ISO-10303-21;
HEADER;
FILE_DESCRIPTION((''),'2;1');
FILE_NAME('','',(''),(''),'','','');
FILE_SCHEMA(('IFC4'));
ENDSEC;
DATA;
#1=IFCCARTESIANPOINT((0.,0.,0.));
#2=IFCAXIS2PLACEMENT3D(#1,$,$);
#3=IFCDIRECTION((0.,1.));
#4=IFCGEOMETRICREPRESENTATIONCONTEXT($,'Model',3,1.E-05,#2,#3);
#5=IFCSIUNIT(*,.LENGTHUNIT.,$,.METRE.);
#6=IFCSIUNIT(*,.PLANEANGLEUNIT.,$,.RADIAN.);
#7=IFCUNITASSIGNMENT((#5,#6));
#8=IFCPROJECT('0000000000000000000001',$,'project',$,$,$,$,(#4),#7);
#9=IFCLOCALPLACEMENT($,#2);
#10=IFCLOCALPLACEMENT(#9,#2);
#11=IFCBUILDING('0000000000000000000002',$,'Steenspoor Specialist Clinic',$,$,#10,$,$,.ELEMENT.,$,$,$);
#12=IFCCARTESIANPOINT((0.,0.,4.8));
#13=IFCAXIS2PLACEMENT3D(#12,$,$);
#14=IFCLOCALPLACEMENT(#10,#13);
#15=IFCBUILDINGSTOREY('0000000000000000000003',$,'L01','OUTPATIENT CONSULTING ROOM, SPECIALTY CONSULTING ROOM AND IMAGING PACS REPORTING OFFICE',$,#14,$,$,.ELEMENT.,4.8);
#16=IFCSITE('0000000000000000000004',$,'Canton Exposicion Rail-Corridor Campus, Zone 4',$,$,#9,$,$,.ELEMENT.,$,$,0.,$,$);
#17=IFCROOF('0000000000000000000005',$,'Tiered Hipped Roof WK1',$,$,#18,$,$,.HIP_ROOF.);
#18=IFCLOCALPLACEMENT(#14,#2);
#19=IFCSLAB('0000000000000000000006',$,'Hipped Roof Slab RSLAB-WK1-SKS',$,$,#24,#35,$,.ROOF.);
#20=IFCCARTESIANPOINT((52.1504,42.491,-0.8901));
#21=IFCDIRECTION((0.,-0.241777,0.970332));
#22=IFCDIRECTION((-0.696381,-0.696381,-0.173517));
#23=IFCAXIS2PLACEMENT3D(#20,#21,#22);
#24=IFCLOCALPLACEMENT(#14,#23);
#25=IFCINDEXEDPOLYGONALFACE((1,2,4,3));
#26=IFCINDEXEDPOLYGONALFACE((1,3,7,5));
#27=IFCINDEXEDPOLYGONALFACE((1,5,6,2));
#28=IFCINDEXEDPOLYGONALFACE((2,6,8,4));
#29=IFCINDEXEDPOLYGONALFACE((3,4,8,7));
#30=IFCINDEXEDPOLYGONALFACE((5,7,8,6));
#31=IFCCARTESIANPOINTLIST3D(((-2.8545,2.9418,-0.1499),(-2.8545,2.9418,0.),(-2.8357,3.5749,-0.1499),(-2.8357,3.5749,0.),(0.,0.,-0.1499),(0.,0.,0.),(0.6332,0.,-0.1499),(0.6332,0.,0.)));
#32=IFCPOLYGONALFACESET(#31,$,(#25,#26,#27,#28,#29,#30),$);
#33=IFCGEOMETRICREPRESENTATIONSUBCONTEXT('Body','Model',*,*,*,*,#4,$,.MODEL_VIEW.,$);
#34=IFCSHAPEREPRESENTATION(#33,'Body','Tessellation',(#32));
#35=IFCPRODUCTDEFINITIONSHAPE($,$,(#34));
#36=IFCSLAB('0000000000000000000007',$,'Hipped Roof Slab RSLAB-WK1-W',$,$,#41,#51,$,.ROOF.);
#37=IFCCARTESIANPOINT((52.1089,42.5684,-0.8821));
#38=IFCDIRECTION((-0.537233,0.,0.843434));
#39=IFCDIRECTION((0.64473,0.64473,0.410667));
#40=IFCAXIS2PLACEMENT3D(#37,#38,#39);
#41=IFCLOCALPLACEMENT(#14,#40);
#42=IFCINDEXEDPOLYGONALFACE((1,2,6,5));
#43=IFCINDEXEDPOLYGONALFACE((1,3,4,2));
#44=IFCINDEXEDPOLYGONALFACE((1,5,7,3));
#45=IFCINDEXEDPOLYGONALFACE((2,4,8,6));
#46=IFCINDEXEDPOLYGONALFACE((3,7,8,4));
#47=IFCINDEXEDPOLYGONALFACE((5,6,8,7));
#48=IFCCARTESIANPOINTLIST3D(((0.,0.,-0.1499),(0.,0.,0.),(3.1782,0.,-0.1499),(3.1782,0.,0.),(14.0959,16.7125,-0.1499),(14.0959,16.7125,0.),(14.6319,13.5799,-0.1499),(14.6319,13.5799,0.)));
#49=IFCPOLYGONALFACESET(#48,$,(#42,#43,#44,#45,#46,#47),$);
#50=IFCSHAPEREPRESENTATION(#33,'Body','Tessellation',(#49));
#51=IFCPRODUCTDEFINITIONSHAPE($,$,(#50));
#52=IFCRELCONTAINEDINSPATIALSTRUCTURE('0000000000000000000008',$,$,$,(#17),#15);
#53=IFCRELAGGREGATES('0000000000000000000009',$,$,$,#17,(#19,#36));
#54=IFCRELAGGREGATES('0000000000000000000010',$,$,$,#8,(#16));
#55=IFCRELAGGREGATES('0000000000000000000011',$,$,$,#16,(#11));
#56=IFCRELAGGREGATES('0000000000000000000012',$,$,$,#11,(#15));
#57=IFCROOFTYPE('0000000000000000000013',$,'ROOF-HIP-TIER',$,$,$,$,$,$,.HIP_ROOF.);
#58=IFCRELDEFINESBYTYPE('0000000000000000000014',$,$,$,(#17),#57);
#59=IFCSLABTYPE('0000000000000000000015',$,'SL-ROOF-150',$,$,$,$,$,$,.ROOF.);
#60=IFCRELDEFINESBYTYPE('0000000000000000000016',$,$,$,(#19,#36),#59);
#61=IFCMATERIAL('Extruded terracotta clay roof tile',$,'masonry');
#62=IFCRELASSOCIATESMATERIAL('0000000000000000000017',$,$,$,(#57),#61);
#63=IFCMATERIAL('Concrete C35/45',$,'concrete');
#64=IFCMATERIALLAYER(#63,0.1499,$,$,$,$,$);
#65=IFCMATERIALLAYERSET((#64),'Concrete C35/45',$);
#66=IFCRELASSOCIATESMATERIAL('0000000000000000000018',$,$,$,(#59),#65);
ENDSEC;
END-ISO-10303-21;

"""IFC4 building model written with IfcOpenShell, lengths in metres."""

from ifc_helpers import new_model, si_unit, direction, frame, origin, place, context, subcontext, project, spatial, polyline, outline, extrude, material, layer, layer_set, type_object, element, aggregate, save


model = new_model("IFC4")

# Units and contexts
model_context = context("Model", 3, precision=1e-05, world=origin(), true_north=direction((0.0, 1.0)))
body_context = subcontext(model_context, "Body", "Model", "MODEL_VIEW")
ifc_project = project(units=[si_unit("LENGTHUNIT", "METRE"), si_unit("PLANEANGLEUNIT", "RADIAN")], contexts=[model_context])

# Site, building, storey
site_placement = place(None, origin())
site = spatial("IfcSite", under=ifc_project, at=site_placement, Name="Canton Exposicion Rail-Corridor Campus, Zone 4", CompositionType="ELEMENT", RefElevation=0.0)
building_placement = place(site_placement, origin())
building = spatial("IfcBuilding", under=site, at=building_placement, Name="Steenspoor Specialist Clinic", CompositionType="ELEMENT")
storey_placement = place(building_placement, frame((0.0, 0.0, 4.8)))
storey = spatial("IfcBuildingStorey", under=building, at=storey_placement, Name="L01", Description="OUTPATIENT CONSULTING ROOM, SPECIALTY CONSULTING ROOM AND IMAGING PACS REPORTING OFFICE", CompositionType="ELEMENT", Elevation=4.8)

# Shared definitions
ifc_material_1 = material(Name="Concrete C35/45", Category="concrete")

# Roof, slabs
ifc_material_2 = material(Name="Extruded terracotta clay roof tile", Category="masonry")
roof_type = type_object("IfcRoofType", Name="ROOF-HIP-TIER", PredefinedType="HIP_ROOF", material=ifc_material_2)
roof_placement = place(storey_placement, origin())
roof = element("IfcRoof", 1, at=roof_placement, inside=storey, type_object=roof_type, Name="Tiered Hipped Roof WK1", PredefinedType="HIP_ROOF")
ifc_layer_1 = layer(ifc_material_1, 0.1499)
ifc_layer_set_1 = layer_set([ifc_layer_1], Name="Concrete C35/45")
slab_type = type_object("IfcSlabType", Name="SL-ROOF-150", PredefinedType="ROOF", material=ifc_layer_set_1)
slab_1_placement = place(storey_placement, frame((52.1504, 42.491, -0.8901), z_axis=(0.0, -0.241777, 0.970332), x_axis=(-0.696381, -0.696381, -0.173517)))
slab_1 = element("IfcSlab", 2, at=slab_1_placement, type_object=slab_type, Name="Hipped Roof Slab RSLAB-WK1-SKS", PredefinedType="ROOF", context=body_context, shape_type="SweptSolid", body=[
    extrude(outline(polyline([(0.0, 0.0), (0.6332, 0.0), (-2.8357, 3.5749), (-2.8545, 2.9418), (0.0, 0.0)])), origin(), (0.0, 0.0, -1.0), 0.1499),
])
slab_2_placement = place(storey_placement, frame((52.1089, 42.5684, -0.8821), z_axis=(-0.537233, 0.0, 0.843434), x_axis=(0.64473, 0.64473, 0.410667)))
slab_2 = element("IfcSlab", 3, at=slab_2_placement, type_object=slab_type, Name="Hipped Roof Slab RSLAB-WK1-W", PredefinedType="ROOF", context=body_context, shape_type="SweptSolid", body=[
    extrude(outline(polyline([(0.0, 0.0), (3.1782, 0.0), (14.6319, 13.5799), (14.0959, 16.7125), (0.0, 0.0)])), origin(), (0.0, 0.0, -1.0), 0.1499),
])
aggregate(roof, [slab_1, slab_2])

save(model, "model.ifc")
